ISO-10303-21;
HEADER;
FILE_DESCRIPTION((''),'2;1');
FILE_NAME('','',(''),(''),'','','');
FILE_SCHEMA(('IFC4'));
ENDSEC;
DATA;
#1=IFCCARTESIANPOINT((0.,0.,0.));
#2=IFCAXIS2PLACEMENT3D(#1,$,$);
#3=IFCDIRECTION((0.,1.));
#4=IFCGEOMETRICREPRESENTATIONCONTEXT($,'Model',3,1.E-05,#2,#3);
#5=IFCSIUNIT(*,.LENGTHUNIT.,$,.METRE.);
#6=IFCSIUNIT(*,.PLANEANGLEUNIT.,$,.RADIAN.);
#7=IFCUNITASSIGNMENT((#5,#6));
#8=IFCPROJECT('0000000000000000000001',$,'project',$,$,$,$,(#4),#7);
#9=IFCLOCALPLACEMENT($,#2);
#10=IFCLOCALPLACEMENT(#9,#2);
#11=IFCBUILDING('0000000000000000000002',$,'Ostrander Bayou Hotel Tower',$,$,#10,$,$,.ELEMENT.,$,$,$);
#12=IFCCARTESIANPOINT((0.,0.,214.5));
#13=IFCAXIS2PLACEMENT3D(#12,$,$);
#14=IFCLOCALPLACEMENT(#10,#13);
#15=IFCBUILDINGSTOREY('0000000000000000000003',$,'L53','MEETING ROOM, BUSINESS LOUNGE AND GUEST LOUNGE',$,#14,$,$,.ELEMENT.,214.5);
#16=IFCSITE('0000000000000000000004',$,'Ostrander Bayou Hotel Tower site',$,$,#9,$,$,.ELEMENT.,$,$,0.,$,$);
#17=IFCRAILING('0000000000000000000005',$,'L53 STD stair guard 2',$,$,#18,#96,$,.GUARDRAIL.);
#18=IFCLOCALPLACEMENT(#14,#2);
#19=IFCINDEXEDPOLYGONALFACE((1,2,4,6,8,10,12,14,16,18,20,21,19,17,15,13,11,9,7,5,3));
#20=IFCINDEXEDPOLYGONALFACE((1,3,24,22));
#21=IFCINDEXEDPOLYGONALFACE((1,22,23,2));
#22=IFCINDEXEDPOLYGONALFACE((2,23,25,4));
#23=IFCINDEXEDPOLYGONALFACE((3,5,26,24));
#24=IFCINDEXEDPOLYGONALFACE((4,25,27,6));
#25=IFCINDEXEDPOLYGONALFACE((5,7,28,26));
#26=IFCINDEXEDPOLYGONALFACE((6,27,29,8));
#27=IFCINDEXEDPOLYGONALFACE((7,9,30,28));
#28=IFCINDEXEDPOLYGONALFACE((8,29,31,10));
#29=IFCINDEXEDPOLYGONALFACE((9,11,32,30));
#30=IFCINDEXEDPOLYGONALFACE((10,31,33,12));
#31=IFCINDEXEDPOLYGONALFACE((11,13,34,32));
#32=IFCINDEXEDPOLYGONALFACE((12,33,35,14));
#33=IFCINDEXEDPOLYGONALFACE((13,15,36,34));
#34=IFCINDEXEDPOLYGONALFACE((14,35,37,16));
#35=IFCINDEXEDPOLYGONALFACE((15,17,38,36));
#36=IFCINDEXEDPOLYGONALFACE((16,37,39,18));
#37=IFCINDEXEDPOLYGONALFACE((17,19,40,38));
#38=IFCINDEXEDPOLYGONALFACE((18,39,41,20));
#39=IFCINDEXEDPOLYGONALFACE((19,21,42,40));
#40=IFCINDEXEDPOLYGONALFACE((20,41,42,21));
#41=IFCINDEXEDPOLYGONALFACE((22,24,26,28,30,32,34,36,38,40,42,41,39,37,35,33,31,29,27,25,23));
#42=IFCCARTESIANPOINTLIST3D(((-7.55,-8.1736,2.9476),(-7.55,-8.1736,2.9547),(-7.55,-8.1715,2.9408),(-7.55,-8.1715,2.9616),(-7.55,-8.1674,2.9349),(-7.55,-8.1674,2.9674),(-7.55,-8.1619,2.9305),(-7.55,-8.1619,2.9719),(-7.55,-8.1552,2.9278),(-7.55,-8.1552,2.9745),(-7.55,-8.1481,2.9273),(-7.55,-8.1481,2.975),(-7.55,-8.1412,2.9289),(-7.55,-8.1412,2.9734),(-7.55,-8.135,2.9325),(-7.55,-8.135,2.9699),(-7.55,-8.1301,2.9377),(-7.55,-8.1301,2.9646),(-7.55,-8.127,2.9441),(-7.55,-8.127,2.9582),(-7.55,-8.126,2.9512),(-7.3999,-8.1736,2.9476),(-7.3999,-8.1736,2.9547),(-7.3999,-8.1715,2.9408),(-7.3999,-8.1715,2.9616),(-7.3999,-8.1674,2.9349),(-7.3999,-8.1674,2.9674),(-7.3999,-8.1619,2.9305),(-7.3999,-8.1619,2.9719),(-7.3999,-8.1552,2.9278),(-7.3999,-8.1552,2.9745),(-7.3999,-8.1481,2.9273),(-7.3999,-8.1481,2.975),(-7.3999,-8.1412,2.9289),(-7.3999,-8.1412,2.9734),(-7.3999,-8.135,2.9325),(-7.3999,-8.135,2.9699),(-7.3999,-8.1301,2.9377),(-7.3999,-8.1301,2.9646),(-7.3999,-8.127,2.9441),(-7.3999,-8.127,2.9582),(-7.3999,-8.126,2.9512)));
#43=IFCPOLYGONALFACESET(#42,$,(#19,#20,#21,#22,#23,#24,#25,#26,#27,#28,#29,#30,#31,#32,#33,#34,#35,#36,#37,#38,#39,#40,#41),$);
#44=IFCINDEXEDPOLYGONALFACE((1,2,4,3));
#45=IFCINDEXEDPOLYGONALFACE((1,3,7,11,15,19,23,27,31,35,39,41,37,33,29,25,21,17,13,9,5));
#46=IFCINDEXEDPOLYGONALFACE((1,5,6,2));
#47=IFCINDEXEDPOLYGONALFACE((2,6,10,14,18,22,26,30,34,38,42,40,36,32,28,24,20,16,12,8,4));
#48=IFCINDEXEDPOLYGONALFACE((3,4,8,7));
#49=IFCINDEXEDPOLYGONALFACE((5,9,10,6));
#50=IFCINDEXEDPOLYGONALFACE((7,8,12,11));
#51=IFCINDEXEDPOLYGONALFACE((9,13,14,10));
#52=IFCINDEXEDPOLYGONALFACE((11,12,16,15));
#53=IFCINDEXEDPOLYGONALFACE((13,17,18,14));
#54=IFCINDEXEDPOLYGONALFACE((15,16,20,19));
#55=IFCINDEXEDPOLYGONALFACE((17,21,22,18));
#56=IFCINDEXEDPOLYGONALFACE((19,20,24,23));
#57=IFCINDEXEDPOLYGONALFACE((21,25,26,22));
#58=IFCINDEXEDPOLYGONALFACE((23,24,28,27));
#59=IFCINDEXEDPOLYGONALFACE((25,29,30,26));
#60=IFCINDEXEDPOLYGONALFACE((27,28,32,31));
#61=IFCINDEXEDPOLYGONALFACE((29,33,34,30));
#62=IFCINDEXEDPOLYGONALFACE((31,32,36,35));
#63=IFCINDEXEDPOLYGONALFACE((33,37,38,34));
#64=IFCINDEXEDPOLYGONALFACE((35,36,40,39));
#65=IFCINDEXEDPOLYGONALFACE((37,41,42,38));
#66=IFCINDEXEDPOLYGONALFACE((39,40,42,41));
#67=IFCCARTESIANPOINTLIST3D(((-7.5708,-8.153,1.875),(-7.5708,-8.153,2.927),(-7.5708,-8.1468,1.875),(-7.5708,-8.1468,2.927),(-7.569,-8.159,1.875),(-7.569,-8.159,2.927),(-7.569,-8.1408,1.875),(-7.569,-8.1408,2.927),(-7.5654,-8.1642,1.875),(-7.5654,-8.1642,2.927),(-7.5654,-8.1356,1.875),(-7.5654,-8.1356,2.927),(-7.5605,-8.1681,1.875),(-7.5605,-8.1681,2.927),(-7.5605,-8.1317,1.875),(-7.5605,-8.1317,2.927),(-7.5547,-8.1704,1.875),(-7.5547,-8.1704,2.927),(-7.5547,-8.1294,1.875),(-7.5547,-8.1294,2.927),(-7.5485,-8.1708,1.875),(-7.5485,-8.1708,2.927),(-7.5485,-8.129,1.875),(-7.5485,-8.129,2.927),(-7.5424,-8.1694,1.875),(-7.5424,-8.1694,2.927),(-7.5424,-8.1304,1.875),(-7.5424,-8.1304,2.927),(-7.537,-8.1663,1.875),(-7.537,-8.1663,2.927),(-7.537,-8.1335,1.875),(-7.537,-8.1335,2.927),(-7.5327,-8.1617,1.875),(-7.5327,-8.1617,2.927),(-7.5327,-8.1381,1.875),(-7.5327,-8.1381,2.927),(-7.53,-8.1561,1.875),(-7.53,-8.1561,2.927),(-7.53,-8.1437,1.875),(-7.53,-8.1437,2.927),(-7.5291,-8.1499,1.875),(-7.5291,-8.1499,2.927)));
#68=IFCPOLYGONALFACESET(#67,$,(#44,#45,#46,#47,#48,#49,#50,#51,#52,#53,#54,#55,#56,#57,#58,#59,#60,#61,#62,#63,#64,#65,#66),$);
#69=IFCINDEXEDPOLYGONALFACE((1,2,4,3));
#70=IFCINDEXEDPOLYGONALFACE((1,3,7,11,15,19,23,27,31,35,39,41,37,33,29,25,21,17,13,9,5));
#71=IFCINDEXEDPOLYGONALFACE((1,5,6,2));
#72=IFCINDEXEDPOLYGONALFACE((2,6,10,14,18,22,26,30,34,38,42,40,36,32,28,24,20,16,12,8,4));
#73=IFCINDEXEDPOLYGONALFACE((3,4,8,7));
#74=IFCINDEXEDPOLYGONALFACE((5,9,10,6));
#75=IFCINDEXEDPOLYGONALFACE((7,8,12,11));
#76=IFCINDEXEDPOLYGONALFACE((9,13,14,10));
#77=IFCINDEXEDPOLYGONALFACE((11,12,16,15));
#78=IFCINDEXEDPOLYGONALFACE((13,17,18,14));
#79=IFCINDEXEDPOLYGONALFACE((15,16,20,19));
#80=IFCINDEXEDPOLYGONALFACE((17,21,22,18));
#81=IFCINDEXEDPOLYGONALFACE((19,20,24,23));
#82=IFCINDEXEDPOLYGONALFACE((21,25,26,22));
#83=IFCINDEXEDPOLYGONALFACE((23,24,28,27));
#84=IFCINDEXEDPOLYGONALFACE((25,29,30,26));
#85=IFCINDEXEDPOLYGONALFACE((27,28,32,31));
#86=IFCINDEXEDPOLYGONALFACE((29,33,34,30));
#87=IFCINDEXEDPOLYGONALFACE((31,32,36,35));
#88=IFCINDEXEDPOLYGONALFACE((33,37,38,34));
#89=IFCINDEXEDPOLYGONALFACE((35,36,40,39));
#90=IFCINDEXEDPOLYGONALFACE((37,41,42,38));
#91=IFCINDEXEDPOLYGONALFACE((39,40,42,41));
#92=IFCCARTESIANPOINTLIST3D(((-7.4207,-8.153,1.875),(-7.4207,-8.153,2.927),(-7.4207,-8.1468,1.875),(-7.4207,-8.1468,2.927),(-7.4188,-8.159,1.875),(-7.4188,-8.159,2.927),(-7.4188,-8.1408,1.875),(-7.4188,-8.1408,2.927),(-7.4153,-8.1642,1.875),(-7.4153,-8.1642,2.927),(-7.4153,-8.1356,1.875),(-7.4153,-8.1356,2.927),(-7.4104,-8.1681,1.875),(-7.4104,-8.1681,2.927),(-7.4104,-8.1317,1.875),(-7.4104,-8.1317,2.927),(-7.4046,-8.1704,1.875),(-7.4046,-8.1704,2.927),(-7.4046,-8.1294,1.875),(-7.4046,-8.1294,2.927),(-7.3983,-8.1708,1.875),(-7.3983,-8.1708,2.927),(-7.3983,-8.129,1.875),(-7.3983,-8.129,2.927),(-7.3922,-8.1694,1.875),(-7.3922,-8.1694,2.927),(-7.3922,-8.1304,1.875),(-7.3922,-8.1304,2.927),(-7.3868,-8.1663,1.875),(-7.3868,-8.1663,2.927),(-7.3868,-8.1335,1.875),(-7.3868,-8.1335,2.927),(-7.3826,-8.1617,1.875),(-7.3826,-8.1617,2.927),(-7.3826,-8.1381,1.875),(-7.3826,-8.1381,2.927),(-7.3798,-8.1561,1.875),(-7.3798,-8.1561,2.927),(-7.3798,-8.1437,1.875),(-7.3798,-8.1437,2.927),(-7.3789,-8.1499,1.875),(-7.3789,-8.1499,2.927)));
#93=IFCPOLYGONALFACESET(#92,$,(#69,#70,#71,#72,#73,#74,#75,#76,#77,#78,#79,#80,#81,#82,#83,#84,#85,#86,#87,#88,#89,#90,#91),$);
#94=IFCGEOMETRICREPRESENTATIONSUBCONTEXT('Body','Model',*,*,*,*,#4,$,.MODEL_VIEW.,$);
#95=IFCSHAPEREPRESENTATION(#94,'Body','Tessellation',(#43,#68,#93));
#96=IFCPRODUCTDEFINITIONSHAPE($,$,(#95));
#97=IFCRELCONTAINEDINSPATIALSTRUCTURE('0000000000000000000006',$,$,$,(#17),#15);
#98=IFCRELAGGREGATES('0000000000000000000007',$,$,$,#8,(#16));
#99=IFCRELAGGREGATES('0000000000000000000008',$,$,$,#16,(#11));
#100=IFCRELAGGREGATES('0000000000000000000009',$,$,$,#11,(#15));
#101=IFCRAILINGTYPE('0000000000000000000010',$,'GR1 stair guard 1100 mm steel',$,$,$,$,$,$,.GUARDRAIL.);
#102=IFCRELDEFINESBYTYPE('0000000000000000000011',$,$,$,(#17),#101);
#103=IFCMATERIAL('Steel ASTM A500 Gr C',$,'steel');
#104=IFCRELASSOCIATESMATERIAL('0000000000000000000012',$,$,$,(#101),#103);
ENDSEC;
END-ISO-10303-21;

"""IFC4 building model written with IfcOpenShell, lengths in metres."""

from ifc_helpers import new_model, si_unit, direction, frame, origin, origin_2d, place, context, subcontext, project, spatial, circle, extrude, material, type_object, element, save


model = new_model("IFC4")

# Units and contexts
model_context = context("Model", 3, precision=1e-05, world=origin(), true_north=direction((0.0, 1.0)))
body_context = subcontext(model_context, "Body", "Model", "MODEL_VIEW")
ifc_project = project(units=[si_unit("LENGTHUNIT", "METRE"), si_unit("PLANEANGLEUNIT", "RADIAN")], contexts=[model_context])

# Site, building, storey
site_placement = place(None, origin())
site = spatial("IfcSite", under=ifc_project, at=site_placement, Name="Ostrander Bayou Hotel Tower site", CompositionType="ELEMENT", RefElevation=0.0)
building_placement = place(site_placement, origin())
building = spatial("IfcBuilding", under=site, at=building_placement, Name="Ostrander Bayou Hotel Tower", CompositionType="ELEMENT")
storey_placement = place(building_placement, frame((0.0, 0.0, 214.5)))
storey = spatial("IfcBuildingStorey", under=building, at=storey_placement, Name="L53", Description="MEETING ROOM, BUSINESS LOUNGE AND GUEST LOUNGE", CompositionType="ELEMENT", Elevation=214.5)

# Railing
ifc_material_1 = material(Name="Steel ASTM A500 Gr C", Category="steel")
railing_type_1 = type_object("IfcRailingType", Name="GR1 stair guard 1100 mm steel", PredefinedType="GUARDRAIL", material=ifc_material_1)
railing_1_placement = place(storey_placement, frame((-7.55, -8.1499, 1.875)))
element("IfcRailing", 1, at=railing_1_placement, inside=storey, type_object=railing_type_1, Name="L53 STD stair guard 2", PredefinedType="GUARDRAIL", context=body_context, shape_type="SweptSolid", body=[
    extrude(circle(Radius=0.0239, at=origin_2d()), frame((0.0, 0.0, 1.0762), z_axis=(1.0, 0.0, 0.0), x_axis=(0.0, 1.0, 0.0)), (0.0, 0.0, 1.0), 0.1501),
    extrude(circle(Radius=0.021, at=origin_2d()), origin(), (0.0, 0.0, 1.0), 1.052),
    extrude(circle(Radius=0.021, at=origin_2d()), frame((0.1501, 0.0, 0.0)), (0.0, 0.0, 1.0), 1.052),
])

save(model, "model.ifc")
